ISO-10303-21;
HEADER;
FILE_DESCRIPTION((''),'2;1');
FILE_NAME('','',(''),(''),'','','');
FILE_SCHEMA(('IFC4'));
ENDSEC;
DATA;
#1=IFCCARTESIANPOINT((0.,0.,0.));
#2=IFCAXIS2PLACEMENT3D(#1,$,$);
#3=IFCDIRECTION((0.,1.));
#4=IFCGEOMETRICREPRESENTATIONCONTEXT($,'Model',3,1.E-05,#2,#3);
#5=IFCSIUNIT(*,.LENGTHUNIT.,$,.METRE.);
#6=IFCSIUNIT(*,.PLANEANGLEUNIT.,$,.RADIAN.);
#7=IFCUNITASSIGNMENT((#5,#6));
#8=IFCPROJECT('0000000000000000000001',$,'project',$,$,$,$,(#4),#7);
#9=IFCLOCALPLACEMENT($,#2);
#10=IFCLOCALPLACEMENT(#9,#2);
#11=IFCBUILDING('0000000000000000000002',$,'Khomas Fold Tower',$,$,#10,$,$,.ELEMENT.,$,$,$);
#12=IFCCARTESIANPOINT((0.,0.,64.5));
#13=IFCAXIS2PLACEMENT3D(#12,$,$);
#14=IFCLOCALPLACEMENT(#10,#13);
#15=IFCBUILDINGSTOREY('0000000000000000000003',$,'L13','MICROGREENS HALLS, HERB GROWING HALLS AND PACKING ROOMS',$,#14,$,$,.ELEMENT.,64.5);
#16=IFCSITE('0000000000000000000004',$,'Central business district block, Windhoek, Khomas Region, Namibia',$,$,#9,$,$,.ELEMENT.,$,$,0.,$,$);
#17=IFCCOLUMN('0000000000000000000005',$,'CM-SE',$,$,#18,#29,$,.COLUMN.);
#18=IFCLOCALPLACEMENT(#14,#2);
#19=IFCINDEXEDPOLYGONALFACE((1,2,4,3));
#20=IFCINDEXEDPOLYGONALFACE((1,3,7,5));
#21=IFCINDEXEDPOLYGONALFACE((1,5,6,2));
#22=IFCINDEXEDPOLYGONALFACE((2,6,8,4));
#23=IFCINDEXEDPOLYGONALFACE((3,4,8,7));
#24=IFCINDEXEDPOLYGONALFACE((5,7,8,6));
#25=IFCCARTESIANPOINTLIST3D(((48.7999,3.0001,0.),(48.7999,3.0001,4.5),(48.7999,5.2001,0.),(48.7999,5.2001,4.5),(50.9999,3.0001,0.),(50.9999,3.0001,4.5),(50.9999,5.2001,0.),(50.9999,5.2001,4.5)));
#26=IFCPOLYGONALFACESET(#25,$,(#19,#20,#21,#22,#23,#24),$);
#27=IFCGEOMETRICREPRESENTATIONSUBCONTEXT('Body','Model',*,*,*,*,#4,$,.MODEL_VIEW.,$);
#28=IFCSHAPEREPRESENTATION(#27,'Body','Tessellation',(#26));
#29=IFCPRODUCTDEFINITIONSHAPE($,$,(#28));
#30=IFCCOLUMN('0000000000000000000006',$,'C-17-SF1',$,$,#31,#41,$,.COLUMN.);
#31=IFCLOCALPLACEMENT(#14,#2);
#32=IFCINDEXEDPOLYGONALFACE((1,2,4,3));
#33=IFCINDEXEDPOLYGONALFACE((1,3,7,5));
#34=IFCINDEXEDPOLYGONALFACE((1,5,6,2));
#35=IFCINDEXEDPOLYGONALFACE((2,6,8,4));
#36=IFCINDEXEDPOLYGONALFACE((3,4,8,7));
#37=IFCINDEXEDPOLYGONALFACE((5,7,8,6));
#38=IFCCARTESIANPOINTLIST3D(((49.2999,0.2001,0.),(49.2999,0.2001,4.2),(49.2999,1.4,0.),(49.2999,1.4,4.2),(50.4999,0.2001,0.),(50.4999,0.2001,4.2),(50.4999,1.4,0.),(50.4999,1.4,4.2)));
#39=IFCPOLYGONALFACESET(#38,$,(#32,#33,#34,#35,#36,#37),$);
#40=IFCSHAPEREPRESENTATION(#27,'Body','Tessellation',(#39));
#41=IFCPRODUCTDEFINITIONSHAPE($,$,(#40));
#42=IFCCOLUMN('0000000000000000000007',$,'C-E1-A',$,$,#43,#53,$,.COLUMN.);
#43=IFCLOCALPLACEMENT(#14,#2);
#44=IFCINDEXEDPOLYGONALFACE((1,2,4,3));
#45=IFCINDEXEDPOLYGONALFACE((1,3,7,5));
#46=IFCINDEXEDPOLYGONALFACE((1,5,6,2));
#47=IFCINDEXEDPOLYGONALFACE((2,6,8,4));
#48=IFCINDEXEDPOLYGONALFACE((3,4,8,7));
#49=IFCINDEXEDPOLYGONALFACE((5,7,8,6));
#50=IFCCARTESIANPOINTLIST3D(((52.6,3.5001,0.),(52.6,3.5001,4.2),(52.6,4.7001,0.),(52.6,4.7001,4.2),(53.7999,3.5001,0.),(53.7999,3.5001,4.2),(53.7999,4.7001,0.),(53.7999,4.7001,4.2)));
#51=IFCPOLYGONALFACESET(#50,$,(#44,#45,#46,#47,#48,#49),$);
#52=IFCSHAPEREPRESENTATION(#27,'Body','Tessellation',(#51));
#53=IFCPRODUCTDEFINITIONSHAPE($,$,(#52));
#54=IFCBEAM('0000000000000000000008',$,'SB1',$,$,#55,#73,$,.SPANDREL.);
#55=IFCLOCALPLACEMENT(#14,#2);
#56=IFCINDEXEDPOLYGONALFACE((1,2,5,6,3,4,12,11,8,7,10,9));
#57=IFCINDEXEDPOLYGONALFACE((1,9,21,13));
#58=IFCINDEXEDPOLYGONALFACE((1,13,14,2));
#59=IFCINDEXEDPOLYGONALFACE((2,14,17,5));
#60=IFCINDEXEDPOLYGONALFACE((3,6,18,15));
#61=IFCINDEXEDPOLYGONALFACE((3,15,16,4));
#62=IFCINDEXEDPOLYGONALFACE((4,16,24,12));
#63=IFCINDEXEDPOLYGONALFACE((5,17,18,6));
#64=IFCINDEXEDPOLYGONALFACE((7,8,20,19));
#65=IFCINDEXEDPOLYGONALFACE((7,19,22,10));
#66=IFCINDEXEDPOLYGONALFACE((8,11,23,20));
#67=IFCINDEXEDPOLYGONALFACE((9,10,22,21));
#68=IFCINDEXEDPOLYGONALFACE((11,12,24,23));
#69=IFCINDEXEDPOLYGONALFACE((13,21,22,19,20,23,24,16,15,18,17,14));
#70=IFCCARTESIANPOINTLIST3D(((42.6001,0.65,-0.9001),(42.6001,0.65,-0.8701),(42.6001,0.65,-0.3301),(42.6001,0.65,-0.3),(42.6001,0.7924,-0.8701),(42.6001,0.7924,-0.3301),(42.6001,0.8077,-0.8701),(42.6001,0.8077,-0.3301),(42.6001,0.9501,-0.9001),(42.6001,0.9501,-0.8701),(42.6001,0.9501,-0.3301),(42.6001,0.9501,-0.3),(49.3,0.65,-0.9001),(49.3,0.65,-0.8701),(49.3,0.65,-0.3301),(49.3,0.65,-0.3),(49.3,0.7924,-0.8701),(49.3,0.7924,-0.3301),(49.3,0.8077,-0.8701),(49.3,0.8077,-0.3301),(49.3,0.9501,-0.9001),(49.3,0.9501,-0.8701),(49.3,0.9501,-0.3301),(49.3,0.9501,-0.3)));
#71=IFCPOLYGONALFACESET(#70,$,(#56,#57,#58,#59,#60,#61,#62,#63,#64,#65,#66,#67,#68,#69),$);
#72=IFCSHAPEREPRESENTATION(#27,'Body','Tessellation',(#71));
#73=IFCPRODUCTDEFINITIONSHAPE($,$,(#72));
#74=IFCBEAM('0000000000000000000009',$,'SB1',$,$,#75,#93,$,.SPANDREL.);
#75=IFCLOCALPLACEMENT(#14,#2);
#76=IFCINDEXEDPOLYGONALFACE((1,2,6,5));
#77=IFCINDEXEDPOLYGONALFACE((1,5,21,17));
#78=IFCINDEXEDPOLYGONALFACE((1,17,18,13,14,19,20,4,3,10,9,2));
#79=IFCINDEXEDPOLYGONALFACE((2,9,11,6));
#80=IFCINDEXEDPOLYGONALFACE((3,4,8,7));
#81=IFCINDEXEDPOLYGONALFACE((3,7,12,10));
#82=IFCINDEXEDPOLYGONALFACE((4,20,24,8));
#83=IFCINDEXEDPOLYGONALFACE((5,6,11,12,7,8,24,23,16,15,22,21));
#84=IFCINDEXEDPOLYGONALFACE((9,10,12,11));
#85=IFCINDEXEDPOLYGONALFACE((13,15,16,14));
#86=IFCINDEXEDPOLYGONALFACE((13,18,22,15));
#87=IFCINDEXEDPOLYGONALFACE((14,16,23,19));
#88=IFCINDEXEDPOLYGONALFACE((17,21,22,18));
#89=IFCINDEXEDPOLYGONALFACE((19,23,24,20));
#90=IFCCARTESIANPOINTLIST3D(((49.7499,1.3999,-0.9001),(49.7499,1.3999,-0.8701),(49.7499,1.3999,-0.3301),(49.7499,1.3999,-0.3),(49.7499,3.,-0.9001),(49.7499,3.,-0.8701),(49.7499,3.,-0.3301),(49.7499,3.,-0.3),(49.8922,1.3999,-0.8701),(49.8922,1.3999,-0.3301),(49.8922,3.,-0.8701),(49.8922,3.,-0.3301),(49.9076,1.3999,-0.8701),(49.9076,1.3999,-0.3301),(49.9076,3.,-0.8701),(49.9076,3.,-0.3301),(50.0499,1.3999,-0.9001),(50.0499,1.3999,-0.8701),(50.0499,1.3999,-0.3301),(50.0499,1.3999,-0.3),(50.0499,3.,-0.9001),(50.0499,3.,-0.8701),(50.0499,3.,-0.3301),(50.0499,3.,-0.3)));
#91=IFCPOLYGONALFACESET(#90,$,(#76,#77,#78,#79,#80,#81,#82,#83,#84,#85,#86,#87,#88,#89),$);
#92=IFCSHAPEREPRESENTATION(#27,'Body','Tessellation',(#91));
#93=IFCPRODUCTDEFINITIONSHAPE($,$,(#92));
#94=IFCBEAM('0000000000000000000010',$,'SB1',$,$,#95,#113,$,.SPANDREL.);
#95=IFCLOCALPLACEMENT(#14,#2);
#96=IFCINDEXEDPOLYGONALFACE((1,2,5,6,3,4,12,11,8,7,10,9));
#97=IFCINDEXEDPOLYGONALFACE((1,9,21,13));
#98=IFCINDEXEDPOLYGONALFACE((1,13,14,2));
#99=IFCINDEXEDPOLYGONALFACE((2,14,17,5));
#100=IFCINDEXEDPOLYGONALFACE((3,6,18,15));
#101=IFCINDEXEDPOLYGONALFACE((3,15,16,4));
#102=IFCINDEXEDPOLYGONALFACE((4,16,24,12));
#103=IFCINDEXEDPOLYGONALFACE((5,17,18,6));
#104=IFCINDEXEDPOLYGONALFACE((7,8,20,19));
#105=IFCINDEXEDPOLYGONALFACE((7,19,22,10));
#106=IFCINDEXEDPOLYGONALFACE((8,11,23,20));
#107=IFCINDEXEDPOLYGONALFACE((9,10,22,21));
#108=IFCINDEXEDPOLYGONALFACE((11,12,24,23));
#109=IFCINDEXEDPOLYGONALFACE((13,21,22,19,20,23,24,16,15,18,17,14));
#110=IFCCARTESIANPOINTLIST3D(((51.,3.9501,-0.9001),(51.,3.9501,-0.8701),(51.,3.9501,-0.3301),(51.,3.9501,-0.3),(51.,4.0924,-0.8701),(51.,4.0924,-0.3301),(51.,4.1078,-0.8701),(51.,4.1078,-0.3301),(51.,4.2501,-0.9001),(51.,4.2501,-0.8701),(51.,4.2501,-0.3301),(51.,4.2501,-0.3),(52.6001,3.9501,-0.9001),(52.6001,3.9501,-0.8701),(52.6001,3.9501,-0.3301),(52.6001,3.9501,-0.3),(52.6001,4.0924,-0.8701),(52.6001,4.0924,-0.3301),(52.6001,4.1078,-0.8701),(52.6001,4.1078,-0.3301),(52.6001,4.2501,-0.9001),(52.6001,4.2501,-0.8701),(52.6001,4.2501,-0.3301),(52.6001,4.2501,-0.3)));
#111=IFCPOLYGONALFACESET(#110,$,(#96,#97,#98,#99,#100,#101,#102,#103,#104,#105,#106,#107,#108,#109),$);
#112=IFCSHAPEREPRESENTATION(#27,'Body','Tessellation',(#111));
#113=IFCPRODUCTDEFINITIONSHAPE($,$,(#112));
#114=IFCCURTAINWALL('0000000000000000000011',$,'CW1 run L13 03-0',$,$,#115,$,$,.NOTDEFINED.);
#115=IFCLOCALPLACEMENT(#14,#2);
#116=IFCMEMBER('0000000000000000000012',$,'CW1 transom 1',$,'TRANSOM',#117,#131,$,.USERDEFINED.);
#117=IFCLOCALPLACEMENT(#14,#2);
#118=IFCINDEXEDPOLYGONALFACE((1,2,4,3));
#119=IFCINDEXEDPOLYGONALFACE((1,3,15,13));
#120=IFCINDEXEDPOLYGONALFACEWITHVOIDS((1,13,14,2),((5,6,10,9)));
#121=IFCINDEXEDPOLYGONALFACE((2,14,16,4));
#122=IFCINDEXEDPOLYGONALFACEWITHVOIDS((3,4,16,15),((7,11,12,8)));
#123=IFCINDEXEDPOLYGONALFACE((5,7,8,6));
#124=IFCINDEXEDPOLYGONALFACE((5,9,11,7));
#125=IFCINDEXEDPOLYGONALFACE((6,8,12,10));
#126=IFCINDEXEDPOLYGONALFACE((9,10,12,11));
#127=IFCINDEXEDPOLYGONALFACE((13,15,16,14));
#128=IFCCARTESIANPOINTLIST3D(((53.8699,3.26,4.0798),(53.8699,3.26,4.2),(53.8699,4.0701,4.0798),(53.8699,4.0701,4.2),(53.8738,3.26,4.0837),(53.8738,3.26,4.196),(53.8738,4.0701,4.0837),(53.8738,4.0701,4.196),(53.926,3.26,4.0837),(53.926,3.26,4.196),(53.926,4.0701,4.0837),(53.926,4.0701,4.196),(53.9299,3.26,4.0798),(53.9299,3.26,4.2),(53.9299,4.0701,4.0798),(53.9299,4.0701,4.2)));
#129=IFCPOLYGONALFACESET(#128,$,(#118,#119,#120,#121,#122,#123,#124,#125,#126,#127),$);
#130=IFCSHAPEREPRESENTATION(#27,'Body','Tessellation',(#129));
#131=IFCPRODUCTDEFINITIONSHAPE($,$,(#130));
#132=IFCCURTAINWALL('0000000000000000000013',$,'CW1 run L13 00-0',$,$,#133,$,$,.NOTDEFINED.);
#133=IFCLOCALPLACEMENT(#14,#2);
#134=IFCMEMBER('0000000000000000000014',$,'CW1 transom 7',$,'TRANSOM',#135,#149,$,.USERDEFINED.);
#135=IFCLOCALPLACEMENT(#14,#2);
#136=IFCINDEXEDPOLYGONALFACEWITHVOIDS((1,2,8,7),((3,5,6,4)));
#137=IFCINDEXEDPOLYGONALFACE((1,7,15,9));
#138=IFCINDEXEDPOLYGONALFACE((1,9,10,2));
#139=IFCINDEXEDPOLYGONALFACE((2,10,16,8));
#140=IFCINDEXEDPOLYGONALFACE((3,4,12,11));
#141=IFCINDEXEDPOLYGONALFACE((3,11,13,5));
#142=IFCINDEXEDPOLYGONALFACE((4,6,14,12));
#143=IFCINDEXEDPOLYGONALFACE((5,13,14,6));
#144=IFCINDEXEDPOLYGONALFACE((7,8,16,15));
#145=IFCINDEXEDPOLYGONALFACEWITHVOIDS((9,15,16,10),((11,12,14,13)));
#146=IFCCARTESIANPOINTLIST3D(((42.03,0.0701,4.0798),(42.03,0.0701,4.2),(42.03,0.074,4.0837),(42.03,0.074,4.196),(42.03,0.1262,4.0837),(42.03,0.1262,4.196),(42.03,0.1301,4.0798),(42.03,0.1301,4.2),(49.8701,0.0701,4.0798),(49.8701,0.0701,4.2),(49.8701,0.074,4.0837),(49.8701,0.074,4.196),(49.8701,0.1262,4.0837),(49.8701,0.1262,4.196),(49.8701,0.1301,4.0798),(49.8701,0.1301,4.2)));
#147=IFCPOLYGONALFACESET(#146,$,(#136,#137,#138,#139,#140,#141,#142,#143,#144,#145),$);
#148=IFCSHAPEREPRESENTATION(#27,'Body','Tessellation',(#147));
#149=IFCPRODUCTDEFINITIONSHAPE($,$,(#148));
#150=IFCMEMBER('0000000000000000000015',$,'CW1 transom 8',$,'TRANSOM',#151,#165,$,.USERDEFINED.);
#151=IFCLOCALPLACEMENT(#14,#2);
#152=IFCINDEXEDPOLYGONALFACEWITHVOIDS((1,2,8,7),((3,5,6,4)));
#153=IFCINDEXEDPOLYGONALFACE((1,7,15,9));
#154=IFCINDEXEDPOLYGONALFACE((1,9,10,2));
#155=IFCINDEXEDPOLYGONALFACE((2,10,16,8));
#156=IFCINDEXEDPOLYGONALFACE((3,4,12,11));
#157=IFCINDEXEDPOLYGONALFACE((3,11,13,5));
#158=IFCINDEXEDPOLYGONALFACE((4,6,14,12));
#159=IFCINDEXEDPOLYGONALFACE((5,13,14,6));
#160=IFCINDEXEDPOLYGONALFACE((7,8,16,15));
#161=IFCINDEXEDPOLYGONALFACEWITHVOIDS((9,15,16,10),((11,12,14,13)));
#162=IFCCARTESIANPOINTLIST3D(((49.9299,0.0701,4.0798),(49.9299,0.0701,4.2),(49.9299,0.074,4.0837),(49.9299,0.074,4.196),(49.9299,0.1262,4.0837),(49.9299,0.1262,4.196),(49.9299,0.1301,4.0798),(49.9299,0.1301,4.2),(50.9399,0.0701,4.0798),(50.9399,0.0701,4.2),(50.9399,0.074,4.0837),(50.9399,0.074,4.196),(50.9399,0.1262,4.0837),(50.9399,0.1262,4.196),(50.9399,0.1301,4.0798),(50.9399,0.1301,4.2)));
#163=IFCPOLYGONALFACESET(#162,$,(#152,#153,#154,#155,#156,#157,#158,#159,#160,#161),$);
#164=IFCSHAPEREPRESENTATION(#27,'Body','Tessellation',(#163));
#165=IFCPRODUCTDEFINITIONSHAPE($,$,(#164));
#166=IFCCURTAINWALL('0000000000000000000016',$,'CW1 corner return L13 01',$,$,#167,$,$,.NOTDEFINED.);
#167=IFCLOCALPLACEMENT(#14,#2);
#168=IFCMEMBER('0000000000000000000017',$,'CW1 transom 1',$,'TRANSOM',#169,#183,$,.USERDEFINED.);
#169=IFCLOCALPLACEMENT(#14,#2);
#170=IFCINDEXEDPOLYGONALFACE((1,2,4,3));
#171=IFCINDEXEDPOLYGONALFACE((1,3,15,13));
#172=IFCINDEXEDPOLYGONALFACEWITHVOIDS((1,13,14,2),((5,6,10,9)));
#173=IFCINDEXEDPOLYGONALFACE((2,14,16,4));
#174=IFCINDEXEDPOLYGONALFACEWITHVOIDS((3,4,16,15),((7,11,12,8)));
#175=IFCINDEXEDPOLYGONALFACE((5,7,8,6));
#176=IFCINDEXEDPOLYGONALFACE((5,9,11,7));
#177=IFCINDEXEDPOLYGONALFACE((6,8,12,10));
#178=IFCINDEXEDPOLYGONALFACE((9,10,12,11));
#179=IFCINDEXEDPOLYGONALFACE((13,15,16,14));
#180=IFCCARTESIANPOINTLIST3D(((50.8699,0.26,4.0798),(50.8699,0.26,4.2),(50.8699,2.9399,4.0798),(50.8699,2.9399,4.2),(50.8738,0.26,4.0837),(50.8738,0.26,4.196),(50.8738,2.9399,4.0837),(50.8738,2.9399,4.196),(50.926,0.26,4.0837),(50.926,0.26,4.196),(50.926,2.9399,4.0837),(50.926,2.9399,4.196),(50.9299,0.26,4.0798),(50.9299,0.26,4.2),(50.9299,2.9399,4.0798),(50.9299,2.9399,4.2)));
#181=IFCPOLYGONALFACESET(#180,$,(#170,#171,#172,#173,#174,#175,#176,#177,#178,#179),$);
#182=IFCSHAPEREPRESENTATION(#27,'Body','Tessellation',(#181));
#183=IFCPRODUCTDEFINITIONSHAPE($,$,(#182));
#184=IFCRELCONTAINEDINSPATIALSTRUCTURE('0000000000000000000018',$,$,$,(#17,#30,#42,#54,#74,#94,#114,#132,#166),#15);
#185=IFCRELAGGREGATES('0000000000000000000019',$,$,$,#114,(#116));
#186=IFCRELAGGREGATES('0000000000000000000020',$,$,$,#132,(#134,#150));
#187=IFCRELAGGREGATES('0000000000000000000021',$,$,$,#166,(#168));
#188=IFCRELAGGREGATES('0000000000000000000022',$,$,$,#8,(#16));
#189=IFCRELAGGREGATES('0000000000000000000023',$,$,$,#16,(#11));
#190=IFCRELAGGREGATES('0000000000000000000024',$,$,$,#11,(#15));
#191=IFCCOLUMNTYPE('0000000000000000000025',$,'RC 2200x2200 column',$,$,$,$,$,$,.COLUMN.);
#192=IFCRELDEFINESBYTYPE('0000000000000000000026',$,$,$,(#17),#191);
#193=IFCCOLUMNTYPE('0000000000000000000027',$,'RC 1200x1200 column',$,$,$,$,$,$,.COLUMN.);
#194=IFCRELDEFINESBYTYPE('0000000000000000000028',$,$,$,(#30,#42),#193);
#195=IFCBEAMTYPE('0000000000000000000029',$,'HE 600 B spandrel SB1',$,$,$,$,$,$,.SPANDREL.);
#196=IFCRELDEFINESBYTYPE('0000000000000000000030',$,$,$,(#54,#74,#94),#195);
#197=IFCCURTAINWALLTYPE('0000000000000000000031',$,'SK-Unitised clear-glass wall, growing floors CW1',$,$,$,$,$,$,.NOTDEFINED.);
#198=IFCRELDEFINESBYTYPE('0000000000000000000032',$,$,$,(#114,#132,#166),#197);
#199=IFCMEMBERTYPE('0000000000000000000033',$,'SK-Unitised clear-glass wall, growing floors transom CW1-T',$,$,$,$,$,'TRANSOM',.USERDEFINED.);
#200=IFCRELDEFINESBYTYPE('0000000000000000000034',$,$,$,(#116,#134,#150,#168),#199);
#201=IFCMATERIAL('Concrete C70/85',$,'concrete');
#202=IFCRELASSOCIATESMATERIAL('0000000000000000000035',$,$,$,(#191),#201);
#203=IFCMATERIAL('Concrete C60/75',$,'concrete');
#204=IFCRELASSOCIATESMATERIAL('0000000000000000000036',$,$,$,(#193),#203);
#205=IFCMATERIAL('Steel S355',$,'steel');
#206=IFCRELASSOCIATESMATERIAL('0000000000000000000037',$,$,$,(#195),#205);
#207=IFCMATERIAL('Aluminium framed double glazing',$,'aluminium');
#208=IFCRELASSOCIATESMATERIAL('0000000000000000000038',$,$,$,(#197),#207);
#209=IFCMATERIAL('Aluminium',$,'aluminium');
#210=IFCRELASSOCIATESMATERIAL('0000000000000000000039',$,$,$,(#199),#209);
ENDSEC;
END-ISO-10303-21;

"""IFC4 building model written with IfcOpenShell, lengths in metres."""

from ifc_helpers import new_model, si_unit, direction, frame, origin, origin_2d, place, context, subcontext, project, spatial, rectangle, hollow_rectangle, i_section, extrude, source, transform, mapped, material, material_profile, profile_set, type_object, element, aggregate, save


model = new_model("IFC4")

# Units and contexts
model_context = context("Model", 3, precision=1e-05, world=origin(), true_north=direction((0.0, 1.0)))
body_context = subcontext(model_context, "Body", "Model", "MODEL_VIEW")
ifc_project = project(units=[si_unit("LENGTHUNIT", "METRE"), si_unit("PLANEANGLEUNIT", "RADIAN")], contexts=[model_context])

# Site, building, storey
site_placement = place(None, origin())
site = spatial("IfcSite", under=ifc_project, at=site_placement, Name="Central business district block, Windhoek, Khomas Region, Namibia", CompositionType="ELEMENT", RefElevation=0.0)
building_placement = place(site_placement, origin())
building = spatial("IfcBuilding", under=site, at=building_placement, Name="Khomas Fold Tower", CompositionType="ELEMENT")
storey_placement = place(building_placement, frame((0.0, 0.0, 64.5)))
storey = spatial("IfcBuildingStorey", under=building, at=storey_placement, Name="L13", Description="MICROGREENS HALLS, HERB GROWING HALLS AND PACKING ROOMS", CompositionType="ELEMENT", Elevation=64.5)

# Columns
ifc_material_1 = material(Name="Concrete C70/85", Category="concrete")
ifc_material_profile_1 = material_profile(ifc_material_1, rectangle(XDim=2.2, YDim=2.2, at=origin_2d()), Name="RC 2200x2200")
ifc_profile_set_1 = profile_set([ifc_material_profile_1], Name="Concrete C70/85")
column_type_1 = type_object("IfcColumnType", Name="RC 2200x2200 column", PredefinedType="COLUMN", material=ifc_profile_set_1)
shared_shape_1 = source(origin(), body_context, "Body", "SweptSolid", [
    extrude(rectangle(XDim=2.2, YDim=2.2, at=origin_2d()), origin(), (0.0, 0.0, 1.0), 4.5),
])
column_placement = place(storey_placement, frame((49.8999, 4.1001, 0.0), z_axis=(0.0, 0.0, 1.0), x_axis=(1.0, 0.0, 0.0)))
element("IfcColumn", 1, at=column_placement, inside=storey, type_object=column_type_1, Name="CM-SE", PredefinedType="COLUMN", context=body_context, shape_type="MappedRepresentation", body=[
    mapped(shared_shape_1, transform((0.0, 0.0, 0.0))),
])
ifc_material_2 = material(Name="Concrete C60/75", Category="concrete")
ifc_material_profile_2 = material_profile(ifc_material_2, rectangle(XDim=1.2, YDim=1.2, at=origin_2d()), Name="RC 1200x1200")
ifc_profile_set_2 = profile_set([ifc_material_profile_2], Name="Concrete C60/75")
column_type_2 = type_object("IfcColumnType", Name="RC 1200x1200 column", PredefinedType="COLUMN", material=ifc_profile_set_2)
shared_shape_2 = source(origin(), body_context, "Body", "SweptSolid", [
    extrude(rectangle(XDim=1.2, YDim=1.2, at=origin_2d()), origin(), (0.0, 0.0, 1.0), 4.2),
])
for number, where, z_axis, x_axis, name in (
    (2, (49.8999, 0.8, 0.0), (0.0, 0.0, 1.0), (1.0, 0.0, 0.0), "C-17-SF1"),
    (3, (53.2, 4.1001, 0.0), (0.0, 0.0, 1.0), (1.0, 0.0, 0.0), "C-E1-A"),
):
    element("IfcColumn", number, at=place(storey_placement, frame(where, z_axis=z_axis, x_axis=x_axis)), inside=storey, type_object=column_type_2, Name=name, PredefinedType="COLUMN", context=body_context, shape_type="MappedRepresentation", body=[
        mapped(shared_shape_2, transform((0.0, 0.0, 0.0))),
    ])

# Beams
ifc_material_3 = material(Name="Steel S355", Category="steel")
ifc_material_profile_3 = material_profile(ifc_material_3, i_section(OverallWidth=0.3, OverallDepth=0.6001, WebThickness=0.0154, FlangeThickness=0.03, at=origin_2d()), Name="HE 600 B")
ifc_profile_set_3 = profile_set([ifc_material_profile_3], Name="Steel S355")
beam_type = type_object("IfcBeamType", Name="HE 600 B spandrel SB1", PredefinedType="SPANDREL", material=ifc_profile_set_3)
shared_shape_3 = source(origin(), body_context, "Body", "SweptSolid", [
    extrude(i_section(OverallWidth=0.3, OverallDepth=0.6001, WebThickness=0.0154, FlangeThickness=0.03, at=origin_2d()), origin(), (0.0, 0.0, 1.0), 6.7),
])
beam_placement = place(storey_placement, frame((42.6001, 0.8, -0.6001), z_axis=(1.0, 0.0, 0.0), x_axis=(0.0, 1.0, 0.0)))
element("IfcBeam", 4, at=beam_placement, inside=storey, type_object=beam_type, Name="SB1", PredefinedType="SPANDREL", context=body_context, shape_type="MappedRepresentation", body=[
    mapped(shared_shape_3, transform((0.0, 0.0, 0.0))),
])
shared_shape_4 = source(origin(), body_context, "Body", "SweptSolid", [
    extrude(i_section(OverallWidth=0.3, OverallDepth=0.6001, WebThickness=0.0154, FlangeThickness=0.03, at=origin_2d()), origin(), (0.0, 0.0, 1.0), 1.6001),
])
for number, where, z_axis, x_axis, name in (
    (5, (49.8999, 1.3999, -0.6001), (0.0, 1.0, 0.0), (-1.0, 0.0, 0.0), "SB1"),
    (6, (51.0, 4.1001, -0.6001), (1.0, 0.0, 0.0), (0.0, 1.0, 0.0), "SB1"),
):
    element("IfcBeam", number, at=place(storey_placement, frame(where, z_axis=z_axis, x_axis=x_axis)), inside=storey, type_object=beam_type, Name=name, PredefinedType="SPANDREL", context=body_context, shape_type="MappedRepresentation", body=[
        mapped(shared_shape_4, transform((0.0, 0.0, 0.0))),
    ])

# Curtain wall, member
ifc_material_4 = material(Name="Aluminium framed double glazing", Category="aluminium")
curtain_wall_type = type_object("IfcCurtainWallType", Name="SK-Unitised clear-glass wall, growing floors CW1", PredefinedType="NOTDEFINED", material=ifc_material_4)
curtain_wall_1_placement = place(storey_placement, origin())
curtain_wall_1 = element("IfcCurtainWall", 7, at=curtain_wall_1_placement, inside=storey, type_object=curtain_wall_type, Name="CW1 run L13 03-0", PredefinedType="NOTDEFINED")
ifc_material_5 = material(Name="Aluminium", Category="aluminium")
ifc_material_profile_4 = material_profile(ifc_material_5, hollow_rectangle(XDim=0.0601, YDim=0.1201, WallThickness=0.0039, at=origin_2d()), Name="SK-Unitised clear-glass wall, growing floors transom CW1-T")
ifc_profile_set_4 = profile_set([ifc_material_profile_4], Name="Aluminium")
member_type_1 = type_object("IfcMemberType", Name="SK-Unitised clear-glass wall, growing floors transom CW1-T", ElementType="TRANSOM", PredefinedType="USERDEFINED", material=ifc_profile_set_4)
shared_shape_5 = source(origin(), body_context, "Body", "SweptSolid", [
    extrude(hollow_rectangle(XDim=0.0601, YDim=0.1201, WallThickness=0.0039, at=origin_2d()), origin(), (0.0, 0.0, 1.0), 0.8101),
])
member_1_placement = place(storey_placement, frame((53.8999, 3.26, 4.1399), z_axis=(0.0, 1.0, 0.0), x_axis=(-1.0, 0.0, 0.0)))
member_1 = element("IfcMember", 8, at=member_1_placement, type_object=member_type_1, Name="CW1 transom 1", ObjectType="TRANSOM", PredefinedType="USERDEFINED", context=body_context, shape_type="MappedRepresentation", body=[
    mapped(shared_shape_5, transform((0.0, 0.0, 0.0))),
])

# Curtain wall, members
curtain_wall_2_placement = place(storey_placement, origin())
curtain_wall_2 = element("IfcCurtainWall", 9, at=curtain_wall_2_placement, inside=storey, type_object=curtain_wall_type, Name="CW1 run L13 00-0", PredefinedType="NOTDEFINED")
shared_shape_6 = source(origin(), body_context, "Body", "SweptSolid", [
    extrude(hollow_rectangle(XDim=0.0601, YDim=0.1201, WallThickness=0.0039, at=origin_2d()), origin(), (0.0, 0.0, 1.0), 7.8401),
])
member_2_placement = place(storey_placement, frame((42.03, 0.1001, 4.1399), z_axis=(1.0, 0.0, 0.0), x_axis=(0.0, 1.0, 0.0)))
member_2 = element("IfcMember", 10, at=member_2_placement, type_object=member_type_1, Name="CW1 transom 7", ObjectType="TRANSOM", PredefinedType="USERDEFINED", context=body_context, shape_type="MappedRepresentation", body=[
    mapped(shared_shape_6, transform((0.0, 0.0, 0.0))),
])
shared_shape_7 = source(origin(), body_context, "Body", "SweptSolid", [
    extrude(hollow_rectangle(XDim=0.0601, YDim=0.1201, WallThickness=0.0039, at=origin_2d()), origin(), (0.0, 0.0, 1.0), 1.01),
])
member_3_placement = place(storey_placement, frame((49.9299, 0.1001, 4.1399), z_axis=(1.0, 0.0, 0.0), x_axis=(0.0, 1.0, 0.0)))
member_3 = element("IfcMember", 11, at=member_3_placement, type_object=member_type_1, Name="CW1 transom 8", ObjectType="TRANSOM", PredefinedType="USERDEFINED", context=body_context, shape_type="MappedRepresentation", body=[
    mapped(shared_shape_7, transform((0.0, 0.0, 0.0))),
])

# Curtain wall, member
curtain_wall_3_placement = place(storey_placement, origin())
curtain_wall_3 = element("IfcCurtainWall", 12, at=curtain_wall_3_placement, inside=storey, type_object=curtain_wall_type, Name="CW1 corner return L13 01", PredefinedType="NOTDEFINED")
shared_shape_8 = source(origin(), body_context, "Body", "SweptSolid", [
    extrude(hollow_rectangle(XDim=0.0601, YDim=0.1201, WallThickness=0.0039, at=origin_2d()), origin(), (0.0, 0.0, 1.0), 2.6799),
])
member_4_placement = place(storey_placement, frame((50.8999, 0.26, 4.1399), z_axis=(0.0, 1.0, 0.0), x_axis=(-1.0, 0.0, 0.0)))
member_4 = element("IfcMember", 13, at=member_4_placement, type_object=member_type_1, Name="CW1 transom 1", ObjectType="TRANSOM", PredefinedType="USERDEFINED", context=body_context, shape_type="MappedRepresentation", body=[
    mapped(shared_shape_8, transform((0.0, 0.0, 0.0))),
])

aggregate(curtain_wall_1, [member_1])
aggregate(curtain_wall_2, [member_2, member_3])
aggregate(curtain_wall_3, [member_4])

save(model, "model.ifc")
